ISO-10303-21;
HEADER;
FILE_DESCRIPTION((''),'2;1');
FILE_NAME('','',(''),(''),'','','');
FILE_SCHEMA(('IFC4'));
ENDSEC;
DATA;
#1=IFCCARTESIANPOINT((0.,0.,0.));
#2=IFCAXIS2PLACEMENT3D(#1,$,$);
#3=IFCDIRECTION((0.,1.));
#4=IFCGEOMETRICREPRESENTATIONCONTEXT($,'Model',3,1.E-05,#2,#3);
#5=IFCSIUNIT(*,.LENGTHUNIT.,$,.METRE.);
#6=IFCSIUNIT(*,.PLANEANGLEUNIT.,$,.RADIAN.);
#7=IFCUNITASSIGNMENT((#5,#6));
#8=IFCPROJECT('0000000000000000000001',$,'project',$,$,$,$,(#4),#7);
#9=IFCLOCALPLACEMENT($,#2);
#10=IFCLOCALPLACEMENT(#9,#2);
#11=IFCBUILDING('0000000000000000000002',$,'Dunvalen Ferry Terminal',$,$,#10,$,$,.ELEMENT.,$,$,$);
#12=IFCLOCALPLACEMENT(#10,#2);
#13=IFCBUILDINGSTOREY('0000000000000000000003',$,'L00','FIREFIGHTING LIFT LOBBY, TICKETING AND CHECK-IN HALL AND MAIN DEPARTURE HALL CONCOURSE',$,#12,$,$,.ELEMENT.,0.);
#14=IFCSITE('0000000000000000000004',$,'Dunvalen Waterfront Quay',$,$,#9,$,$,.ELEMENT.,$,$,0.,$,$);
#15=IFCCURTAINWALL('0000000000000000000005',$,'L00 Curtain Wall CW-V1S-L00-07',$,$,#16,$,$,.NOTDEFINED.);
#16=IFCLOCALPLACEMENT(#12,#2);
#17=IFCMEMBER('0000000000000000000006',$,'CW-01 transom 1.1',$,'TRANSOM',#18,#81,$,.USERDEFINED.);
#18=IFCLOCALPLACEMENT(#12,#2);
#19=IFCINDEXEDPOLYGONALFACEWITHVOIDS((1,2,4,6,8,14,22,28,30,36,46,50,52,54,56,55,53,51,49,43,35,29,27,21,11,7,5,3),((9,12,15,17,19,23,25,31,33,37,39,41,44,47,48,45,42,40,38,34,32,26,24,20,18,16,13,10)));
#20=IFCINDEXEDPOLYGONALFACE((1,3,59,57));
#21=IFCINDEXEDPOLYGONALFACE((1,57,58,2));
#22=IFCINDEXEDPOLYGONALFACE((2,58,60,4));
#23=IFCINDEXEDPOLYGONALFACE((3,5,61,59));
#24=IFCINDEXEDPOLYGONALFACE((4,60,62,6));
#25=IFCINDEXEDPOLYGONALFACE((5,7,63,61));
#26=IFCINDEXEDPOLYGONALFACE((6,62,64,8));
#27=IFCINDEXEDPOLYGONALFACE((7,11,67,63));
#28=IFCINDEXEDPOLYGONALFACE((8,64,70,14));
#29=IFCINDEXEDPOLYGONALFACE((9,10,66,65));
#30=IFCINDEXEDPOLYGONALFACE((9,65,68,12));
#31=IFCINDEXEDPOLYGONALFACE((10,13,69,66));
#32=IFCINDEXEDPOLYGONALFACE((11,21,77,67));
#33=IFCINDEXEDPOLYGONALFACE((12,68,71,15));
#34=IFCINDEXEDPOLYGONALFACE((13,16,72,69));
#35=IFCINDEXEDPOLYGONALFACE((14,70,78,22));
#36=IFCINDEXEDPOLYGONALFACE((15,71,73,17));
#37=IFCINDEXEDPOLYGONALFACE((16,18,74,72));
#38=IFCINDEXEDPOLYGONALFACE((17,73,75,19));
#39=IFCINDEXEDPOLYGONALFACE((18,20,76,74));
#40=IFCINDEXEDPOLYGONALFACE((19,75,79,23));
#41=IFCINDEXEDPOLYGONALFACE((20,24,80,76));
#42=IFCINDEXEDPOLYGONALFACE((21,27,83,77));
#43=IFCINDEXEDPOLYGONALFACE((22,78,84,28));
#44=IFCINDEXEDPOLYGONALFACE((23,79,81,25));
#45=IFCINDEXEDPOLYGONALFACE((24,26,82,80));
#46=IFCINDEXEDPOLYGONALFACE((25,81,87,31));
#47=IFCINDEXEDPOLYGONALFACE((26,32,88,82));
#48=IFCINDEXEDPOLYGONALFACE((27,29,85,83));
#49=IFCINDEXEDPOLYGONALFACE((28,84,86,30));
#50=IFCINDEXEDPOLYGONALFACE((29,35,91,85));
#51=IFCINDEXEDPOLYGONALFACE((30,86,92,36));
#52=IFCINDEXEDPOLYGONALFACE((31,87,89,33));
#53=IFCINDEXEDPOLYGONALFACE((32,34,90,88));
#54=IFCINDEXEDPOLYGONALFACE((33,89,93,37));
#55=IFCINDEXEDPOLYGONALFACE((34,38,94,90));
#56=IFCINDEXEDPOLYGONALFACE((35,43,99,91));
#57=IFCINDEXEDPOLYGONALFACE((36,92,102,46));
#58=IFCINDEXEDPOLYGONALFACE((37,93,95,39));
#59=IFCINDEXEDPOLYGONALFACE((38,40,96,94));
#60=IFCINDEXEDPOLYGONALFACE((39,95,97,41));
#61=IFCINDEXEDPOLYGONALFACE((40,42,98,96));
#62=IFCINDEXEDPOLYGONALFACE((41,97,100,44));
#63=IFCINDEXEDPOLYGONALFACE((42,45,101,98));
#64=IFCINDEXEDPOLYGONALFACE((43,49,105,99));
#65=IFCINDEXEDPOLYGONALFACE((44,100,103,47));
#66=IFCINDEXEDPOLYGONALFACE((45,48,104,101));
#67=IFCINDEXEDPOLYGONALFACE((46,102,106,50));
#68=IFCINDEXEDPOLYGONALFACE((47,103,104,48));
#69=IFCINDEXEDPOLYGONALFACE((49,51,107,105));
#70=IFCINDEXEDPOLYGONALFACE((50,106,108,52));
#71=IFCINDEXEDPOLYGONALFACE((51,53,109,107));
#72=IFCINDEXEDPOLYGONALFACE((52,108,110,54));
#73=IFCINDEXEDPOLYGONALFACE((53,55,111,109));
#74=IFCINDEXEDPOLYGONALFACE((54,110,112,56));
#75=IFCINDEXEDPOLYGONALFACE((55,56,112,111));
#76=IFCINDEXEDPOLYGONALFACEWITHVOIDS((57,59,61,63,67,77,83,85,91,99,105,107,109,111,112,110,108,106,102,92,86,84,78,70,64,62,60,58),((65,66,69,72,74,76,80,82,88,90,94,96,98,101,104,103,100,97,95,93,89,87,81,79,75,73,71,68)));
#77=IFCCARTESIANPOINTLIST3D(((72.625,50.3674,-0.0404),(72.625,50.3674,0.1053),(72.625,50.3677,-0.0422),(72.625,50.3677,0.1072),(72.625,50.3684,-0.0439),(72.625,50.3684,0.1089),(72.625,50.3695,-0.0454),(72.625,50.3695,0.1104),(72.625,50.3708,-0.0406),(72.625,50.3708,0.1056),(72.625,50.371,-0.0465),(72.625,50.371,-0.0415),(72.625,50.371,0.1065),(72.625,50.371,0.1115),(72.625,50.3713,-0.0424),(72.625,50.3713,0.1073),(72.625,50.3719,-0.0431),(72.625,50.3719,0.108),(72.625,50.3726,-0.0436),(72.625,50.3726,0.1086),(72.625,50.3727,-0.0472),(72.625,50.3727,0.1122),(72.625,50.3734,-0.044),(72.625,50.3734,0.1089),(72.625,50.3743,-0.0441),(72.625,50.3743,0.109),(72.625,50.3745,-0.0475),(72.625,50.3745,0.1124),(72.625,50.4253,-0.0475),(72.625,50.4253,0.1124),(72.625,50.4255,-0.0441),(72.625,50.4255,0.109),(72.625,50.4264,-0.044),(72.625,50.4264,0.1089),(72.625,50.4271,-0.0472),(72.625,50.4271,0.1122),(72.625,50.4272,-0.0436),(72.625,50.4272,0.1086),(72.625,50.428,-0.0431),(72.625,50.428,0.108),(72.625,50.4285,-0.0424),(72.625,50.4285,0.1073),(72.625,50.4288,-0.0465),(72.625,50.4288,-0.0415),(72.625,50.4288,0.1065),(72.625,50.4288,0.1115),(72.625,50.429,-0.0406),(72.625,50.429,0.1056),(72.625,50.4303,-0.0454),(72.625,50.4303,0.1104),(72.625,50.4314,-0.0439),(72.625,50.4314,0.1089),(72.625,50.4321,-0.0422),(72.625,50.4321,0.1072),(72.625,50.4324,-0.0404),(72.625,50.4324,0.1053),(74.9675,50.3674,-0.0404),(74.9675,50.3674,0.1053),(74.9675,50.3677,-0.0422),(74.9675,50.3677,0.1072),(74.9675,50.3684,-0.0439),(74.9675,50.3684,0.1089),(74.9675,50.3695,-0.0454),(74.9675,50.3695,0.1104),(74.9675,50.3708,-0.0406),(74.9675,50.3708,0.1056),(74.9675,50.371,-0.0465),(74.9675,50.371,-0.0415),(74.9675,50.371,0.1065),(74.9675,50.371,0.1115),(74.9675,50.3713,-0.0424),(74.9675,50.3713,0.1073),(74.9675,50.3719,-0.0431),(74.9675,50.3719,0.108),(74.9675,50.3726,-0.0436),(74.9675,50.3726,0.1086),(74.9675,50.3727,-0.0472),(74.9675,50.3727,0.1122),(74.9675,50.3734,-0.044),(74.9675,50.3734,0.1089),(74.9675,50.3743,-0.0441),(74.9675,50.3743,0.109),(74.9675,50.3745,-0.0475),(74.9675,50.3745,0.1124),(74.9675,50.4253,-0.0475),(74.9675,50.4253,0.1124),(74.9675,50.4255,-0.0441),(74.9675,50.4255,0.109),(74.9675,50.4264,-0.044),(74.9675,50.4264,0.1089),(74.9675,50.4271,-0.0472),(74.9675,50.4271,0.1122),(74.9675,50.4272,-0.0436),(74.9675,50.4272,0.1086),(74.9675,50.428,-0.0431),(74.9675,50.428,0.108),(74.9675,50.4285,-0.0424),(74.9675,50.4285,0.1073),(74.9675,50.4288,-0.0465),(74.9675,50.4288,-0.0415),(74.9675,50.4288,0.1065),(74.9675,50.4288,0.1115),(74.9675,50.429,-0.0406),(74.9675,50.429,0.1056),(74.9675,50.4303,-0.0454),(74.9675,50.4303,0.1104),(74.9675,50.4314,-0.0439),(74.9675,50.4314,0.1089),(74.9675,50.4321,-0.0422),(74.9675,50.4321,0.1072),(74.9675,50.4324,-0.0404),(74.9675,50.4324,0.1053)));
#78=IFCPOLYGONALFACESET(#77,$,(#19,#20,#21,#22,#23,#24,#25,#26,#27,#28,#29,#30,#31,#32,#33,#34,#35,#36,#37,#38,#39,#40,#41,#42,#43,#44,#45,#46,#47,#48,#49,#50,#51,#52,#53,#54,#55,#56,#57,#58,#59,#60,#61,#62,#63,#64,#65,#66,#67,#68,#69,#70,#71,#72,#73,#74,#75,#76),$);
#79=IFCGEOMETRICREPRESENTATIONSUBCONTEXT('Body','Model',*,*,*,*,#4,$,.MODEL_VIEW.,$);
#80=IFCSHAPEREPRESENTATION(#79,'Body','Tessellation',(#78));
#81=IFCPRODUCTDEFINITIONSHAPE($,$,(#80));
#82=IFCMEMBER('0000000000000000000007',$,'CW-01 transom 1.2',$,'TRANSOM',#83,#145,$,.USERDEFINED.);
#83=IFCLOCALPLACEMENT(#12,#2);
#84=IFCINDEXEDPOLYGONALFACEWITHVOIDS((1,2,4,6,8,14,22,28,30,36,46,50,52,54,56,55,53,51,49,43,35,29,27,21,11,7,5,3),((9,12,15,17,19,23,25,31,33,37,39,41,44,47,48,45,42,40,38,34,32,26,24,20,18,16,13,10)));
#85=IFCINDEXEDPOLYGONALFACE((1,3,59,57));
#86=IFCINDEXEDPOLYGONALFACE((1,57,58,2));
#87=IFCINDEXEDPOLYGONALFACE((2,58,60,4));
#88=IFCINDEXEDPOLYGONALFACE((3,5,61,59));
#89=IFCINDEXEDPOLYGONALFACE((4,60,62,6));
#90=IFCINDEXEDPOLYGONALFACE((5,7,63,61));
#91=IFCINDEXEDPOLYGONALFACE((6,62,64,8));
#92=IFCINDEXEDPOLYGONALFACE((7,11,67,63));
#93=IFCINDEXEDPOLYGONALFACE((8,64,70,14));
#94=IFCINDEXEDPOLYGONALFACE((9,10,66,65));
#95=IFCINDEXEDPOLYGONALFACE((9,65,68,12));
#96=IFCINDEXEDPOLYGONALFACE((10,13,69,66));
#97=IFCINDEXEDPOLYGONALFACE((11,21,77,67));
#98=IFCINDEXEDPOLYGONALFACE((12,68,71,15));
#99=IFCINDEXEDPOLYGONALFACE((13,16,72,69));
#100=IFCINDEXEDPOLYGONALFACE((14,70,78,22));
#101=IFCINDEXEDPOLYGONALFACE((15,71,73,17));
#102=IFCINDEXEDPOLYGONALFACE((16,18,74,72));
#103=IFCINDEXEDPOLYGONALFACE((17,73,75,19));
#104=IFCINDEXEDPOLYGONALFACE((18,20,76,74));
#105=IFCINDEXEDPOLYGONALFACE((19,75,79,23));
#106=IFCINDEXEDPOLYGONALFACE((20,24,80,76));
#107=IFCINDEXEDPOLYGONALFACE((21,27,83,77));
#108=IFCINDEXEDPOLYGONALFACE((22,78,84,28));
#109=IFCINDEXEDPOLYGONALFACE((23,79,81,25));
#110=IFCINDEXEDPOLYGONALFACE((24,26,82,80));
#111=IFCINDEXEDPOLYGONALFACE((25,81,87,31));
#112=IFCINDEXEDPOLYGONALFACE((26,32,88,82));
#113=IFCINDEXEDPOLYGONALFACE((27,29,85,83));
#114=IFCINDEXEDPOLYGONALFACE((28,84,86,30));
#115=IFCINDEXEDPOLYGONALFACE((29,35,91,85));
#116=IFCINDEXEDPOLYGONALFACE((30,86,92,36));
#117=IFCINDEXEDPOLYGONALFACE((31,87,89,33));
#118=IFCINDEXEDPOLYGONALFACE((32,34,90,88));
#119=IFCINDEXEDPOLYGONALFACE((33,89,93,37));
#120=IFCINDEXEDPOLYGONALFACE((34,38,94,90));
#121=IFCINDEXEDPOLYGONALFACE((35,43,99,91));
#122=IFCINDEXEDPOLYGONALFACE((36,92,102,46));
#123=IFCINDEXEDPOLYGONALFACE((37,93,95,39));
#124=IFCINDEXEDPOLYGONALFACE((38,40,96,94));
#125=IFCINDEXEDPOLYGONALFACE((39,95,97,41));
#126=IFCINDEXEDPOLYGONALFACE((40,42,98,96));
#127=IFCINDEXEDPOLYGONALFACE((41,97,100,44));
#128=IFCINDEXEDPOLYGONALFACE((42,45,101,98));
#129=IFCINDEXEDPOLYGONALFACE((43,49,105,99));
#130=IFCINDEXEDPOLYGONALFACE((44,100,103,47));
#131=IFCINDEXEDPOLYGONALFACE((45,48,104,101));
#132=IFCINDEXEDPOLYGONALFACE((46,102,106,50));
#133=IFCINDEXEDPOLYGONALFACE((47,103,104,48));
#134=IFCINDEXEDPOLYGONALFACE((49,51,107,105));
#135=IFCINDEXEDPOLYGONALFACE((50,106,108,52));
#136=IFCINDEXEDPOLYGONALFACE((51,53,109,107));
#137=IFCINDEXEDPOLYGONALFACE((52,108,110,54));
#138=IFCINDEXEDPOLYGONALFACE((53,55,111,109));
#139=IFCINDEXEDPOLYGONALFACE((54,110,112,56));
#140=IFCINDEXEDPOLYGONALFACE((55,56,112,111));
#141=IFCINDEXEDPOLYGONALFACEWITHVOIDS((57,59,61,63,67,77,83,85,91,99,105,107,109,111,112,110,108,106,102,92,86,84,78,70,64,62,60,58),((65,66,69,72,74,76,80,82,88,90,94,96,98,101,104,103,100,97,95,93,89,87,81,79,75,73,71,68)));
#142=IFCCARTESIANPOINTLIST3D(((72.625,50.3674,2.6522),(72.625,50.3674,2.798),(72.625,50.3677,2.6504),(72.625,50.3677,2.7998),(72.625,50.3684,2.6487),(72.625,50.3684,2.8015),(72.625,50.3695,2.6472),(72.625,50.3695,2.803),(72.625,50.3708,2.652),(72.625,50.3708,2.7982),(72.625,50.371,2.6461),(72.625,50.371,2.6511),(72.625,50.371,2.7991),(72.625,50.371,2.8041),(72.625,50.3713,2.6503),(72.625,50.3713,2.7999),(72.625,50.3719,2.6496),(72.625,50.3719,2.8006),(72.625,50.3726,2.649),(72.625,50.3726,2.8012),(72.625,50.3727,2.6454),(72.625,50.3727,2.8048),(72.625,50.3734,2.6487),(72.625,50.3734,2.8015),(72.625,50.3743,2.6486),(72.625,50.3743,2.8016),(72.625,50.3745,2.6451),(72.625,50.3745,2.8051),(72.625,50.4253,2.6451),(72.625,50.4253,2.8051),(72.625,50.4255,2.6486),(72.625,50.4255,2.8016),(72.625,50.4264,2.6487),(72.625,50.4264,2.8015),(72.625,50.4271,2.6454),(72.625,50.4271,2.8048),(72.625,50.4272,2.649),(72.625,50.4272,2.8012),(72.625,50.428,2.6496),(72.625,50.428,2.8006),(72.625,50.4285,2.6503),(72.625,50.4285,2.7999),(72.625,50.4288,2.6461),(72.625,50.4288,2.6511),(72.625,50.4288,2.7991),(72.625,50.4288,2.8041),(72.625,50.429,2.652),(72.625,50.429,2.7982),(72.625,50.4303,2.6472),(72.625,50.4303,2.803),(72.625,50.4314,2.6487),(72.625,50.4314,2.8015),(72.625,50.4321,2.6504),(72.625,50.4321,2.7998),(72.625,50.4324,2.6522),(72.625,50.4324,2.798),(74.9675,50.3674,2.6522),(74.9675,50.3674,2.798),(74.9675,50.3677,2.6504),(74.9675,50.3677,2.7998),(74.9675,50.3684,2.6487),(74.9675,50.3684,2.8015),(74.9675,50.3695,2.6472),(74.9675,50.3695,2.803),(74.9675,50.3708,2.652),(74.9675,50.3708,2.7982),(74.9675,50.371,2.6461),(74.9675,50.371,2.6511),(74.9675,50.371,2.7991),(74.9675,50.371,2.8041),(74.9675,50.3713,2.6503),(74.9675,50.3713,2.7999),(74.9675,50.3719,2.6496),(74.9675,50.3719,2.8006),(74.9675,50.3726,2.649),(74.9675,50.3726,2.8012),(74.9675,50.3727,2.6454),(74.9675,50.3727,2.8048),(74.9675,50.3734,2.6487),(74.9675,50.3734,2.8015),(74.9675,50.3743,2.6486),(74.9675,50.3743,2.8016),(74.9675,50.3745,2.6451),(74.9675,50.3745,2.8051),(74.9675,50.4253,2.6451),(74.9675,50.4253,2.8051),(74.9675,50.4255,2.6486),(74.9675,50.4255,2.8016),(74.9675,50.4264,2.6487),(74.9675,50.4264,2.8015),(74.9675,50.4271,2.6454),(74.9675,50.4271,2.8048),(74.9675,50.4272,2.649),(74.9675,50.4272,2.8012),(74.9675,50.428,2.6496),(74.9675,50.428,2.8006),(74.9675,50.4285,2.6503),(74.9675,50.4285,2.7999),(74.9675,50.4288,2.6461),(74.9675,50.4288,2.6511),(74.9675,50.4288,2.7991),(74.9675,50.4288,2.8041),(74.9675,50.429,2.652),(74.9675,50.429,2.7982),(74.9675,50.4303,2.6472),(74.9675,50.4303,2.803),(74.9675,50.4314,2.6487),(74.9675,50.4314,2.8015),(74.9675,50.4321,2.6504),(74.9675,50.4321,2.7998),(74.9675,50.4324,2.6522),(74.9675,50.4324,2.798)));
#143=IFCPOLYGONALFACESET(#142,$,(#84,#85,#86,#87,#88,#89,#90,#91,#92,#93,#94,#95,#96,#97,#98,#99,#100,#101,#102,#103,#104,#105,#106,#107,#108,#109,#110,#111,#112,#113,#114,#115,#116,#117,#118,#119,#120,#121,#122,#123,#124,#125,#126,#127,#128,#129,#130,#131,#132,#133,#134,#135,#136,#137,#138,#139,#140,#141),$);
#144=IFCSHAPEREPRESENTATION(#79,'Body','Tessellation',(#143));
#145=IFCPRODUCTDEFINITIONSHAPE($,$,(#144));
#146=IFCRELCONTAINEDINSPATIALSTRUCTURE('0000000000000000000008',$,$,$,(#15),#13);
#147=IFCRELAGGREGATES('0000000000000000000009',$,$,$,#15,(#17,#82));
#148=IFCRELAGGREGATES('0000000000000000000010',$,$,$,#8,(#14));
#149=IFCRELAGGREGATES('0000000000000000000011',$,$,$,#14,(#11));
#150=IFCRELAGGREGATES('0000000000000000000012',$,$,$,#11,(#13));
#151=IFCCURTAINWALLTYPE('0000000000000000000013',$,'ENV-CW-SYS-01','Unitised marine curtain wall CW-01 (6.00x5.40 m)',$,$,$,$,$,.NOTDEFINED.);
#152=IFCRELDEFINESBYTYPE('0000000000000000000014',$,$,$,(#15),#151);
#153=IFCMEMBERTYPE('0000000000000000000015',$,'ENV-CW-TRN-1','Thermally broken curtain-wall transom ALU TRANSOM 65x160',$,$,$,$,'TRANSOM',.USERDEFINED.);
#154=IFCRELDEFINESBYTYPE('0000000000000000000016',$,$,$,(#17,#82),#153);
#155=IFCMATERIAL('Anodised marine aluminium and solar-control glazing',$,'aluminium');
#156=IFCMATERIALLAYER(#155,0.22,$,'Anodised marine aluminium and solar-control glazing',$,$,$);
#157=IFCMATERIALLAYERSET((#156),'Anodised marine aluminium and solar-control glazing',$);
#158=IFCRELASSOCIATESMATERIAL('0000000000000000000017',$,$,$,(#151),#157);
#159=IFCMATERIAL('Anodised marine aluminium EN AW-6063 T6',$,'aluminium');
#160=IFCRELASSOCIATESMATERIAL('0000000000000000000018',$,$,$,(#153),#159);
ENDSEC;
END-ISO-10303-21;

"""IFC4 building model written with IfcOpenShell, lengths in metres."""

from ifc_helpers import new_model, si_unit, direction, frame, origin, origin_2d, place, context, subcontext, project, spatial, hollow_rectangle, extrude, material, layer, layer_set, material_profile, profile_set, type_object, element, aggregate, save


model = new_model("IFC4")

# Units and contexts
model_context = context("Model", 3, precision=1e-05, world=origin(), true_north=direction((0.0, 1.0)))
body_context = subcontext(model_context, "Body", "Model", "MODEL_VIEW")
ifc_project = project(units=[si_unit("LENGTHUNIT", "METRE"), si_unit("PLANEANGLEUNIT", "RADIAN")], contexts=[model_context])

# Site, building, storey
site_placement = place(None, origin())
site = spatial("IfcSite", under=ifc_project, at=site_placement, Name="Dunvalen Waterfront Quay", CompositionType="ELEMENT", RefElevation=0.0)
building_placement = place(site_placement, origin())
building = spatial("IfcBuilding", under=site, at=building_placement, Name="Dunvalen Ferry Terminal", CompositionType="ELEMENT")
storey_placement = place(building_placement, origin())
storey = spatial("IfcBuildingStorey", under=building, at=storey_placement, Name="L00", Description="FIREFIGHTING LIFT LOBBY, TICKETING AND CHECK-IN HALL AND MAIN DEPARTURE HALL CONCOURSE", CompositionType="ELEMENT", Elevation=0.0)

# Shared definitions
ifc_material_1 = material(Name="Anodised marine aluminium and solar-control glazing", Category="aluminium")
ifc_layer_1 = layer(ifc_material_1, 0.22, Name="Anodised marine aluminium and solar-control glazing")
ifc_layer_set_1 = layer_set([ifc_layer_1], Name="Anodised marine aluminium and solar-control glazing")
curtain_wall_type = type_object("IfcCurtainWallType", Name="ENV-CW-SYS-01", Description="Unitised marine curtain wall CW-01 (6.00x5.40 m)", PredefinedType="NOTDEFINED", material=ifc_layer_set_1)
ifc_material_2 = material(Name="Anodised marine aluminium EN AW-6063 T6", Category="aluminium")

# Curtain wall, members
curtain_wall_1_placement = place(storey_placement, origin())
curtain_wall_1 = element("IfcCurtainWall", 1, at=curtain_wall_1_placement, inside=storey, type_object=curtain_wall_type, Name="L00 Curtain Wall CW-V1S-L00-07", PredefinedType="NOTDEFINED")
ifc_material_profile_1 = material_profile(ifc_material_2, hollow_rectangle(XDim=0.0649, YDim=0.1599, WallThickness=0.0034, InnerFilletRadius=0.0034, OuterFilletRadius=0.0071, at=origin_2d()), Name="Anodised marine aluminium EN AW-6063 T6")
ifc_profile_set_1 = profile_set([ifc_material_profile_1], Name="Anodised marine aluminium EN AW-6063 T6")
member_type_1 = type_object("IfcMemberType", Name="ENV-CW-TRN-1", Description="Thermally broken curtain-wall transom ALU TRANSOM 65x160", ElementType="TRANSOM", PredefinedType="USERDEFINED", material=ifc_profile_set_1)
member_1_placement = place(storey_placement, frame((72.625, 50.3999, 0.0325), z_axis=(1.0, 0.0, 0.0), x_axis=(0.0, 1.0, 0.0)))
member_1 = element("IfcMember", 2, at=member_1_placement, type_object=member_type_1, Name="CW-01 transom 1.1", ObjectType="TRANSOM", PredefinedType="USERDEFINED", context=body_context, shape_type="SweptSolid", body=[
    extrude(hollow_rectangle(XDim=0.0649, YDim=0.1599, WallThickness=0.0034, InnerFilletRadius=0.0034, OuterFilletRadius=0.0071, at=origin_2d()), origin(), (0.0, 0.0, 1.0), 2.3425),
])
member_2_placement = place(storey_placement, frame((72.625, 50.3999, 2.7251), z_axis=(1.0, 0.0, 0.0), x_axis=(0.0, 1.0, 0.0)))
member_2 = element("IfcMember", 3, at=member_2_placement, type_object=member_type_1, Name="CW-01 transom 1.2", ObjectType="TRANSOM", PredefinedType="USERDEFINED", context=body_context, shape_type="SweptSolid", body=[
    extrude(hollow_rectangle(XDim=0.0649, YDim=0.1599, WallThickness=0.0034, InnerFilletRadius=0.0034, OuterFilletRadius=0.0071, at=origin_2d()), origin(), (0.0, 0.0, 1.0), 2.3425),
])

aggregate(curtain_wall_1, [member_1, member_2])

save(model, "model.ifc")
